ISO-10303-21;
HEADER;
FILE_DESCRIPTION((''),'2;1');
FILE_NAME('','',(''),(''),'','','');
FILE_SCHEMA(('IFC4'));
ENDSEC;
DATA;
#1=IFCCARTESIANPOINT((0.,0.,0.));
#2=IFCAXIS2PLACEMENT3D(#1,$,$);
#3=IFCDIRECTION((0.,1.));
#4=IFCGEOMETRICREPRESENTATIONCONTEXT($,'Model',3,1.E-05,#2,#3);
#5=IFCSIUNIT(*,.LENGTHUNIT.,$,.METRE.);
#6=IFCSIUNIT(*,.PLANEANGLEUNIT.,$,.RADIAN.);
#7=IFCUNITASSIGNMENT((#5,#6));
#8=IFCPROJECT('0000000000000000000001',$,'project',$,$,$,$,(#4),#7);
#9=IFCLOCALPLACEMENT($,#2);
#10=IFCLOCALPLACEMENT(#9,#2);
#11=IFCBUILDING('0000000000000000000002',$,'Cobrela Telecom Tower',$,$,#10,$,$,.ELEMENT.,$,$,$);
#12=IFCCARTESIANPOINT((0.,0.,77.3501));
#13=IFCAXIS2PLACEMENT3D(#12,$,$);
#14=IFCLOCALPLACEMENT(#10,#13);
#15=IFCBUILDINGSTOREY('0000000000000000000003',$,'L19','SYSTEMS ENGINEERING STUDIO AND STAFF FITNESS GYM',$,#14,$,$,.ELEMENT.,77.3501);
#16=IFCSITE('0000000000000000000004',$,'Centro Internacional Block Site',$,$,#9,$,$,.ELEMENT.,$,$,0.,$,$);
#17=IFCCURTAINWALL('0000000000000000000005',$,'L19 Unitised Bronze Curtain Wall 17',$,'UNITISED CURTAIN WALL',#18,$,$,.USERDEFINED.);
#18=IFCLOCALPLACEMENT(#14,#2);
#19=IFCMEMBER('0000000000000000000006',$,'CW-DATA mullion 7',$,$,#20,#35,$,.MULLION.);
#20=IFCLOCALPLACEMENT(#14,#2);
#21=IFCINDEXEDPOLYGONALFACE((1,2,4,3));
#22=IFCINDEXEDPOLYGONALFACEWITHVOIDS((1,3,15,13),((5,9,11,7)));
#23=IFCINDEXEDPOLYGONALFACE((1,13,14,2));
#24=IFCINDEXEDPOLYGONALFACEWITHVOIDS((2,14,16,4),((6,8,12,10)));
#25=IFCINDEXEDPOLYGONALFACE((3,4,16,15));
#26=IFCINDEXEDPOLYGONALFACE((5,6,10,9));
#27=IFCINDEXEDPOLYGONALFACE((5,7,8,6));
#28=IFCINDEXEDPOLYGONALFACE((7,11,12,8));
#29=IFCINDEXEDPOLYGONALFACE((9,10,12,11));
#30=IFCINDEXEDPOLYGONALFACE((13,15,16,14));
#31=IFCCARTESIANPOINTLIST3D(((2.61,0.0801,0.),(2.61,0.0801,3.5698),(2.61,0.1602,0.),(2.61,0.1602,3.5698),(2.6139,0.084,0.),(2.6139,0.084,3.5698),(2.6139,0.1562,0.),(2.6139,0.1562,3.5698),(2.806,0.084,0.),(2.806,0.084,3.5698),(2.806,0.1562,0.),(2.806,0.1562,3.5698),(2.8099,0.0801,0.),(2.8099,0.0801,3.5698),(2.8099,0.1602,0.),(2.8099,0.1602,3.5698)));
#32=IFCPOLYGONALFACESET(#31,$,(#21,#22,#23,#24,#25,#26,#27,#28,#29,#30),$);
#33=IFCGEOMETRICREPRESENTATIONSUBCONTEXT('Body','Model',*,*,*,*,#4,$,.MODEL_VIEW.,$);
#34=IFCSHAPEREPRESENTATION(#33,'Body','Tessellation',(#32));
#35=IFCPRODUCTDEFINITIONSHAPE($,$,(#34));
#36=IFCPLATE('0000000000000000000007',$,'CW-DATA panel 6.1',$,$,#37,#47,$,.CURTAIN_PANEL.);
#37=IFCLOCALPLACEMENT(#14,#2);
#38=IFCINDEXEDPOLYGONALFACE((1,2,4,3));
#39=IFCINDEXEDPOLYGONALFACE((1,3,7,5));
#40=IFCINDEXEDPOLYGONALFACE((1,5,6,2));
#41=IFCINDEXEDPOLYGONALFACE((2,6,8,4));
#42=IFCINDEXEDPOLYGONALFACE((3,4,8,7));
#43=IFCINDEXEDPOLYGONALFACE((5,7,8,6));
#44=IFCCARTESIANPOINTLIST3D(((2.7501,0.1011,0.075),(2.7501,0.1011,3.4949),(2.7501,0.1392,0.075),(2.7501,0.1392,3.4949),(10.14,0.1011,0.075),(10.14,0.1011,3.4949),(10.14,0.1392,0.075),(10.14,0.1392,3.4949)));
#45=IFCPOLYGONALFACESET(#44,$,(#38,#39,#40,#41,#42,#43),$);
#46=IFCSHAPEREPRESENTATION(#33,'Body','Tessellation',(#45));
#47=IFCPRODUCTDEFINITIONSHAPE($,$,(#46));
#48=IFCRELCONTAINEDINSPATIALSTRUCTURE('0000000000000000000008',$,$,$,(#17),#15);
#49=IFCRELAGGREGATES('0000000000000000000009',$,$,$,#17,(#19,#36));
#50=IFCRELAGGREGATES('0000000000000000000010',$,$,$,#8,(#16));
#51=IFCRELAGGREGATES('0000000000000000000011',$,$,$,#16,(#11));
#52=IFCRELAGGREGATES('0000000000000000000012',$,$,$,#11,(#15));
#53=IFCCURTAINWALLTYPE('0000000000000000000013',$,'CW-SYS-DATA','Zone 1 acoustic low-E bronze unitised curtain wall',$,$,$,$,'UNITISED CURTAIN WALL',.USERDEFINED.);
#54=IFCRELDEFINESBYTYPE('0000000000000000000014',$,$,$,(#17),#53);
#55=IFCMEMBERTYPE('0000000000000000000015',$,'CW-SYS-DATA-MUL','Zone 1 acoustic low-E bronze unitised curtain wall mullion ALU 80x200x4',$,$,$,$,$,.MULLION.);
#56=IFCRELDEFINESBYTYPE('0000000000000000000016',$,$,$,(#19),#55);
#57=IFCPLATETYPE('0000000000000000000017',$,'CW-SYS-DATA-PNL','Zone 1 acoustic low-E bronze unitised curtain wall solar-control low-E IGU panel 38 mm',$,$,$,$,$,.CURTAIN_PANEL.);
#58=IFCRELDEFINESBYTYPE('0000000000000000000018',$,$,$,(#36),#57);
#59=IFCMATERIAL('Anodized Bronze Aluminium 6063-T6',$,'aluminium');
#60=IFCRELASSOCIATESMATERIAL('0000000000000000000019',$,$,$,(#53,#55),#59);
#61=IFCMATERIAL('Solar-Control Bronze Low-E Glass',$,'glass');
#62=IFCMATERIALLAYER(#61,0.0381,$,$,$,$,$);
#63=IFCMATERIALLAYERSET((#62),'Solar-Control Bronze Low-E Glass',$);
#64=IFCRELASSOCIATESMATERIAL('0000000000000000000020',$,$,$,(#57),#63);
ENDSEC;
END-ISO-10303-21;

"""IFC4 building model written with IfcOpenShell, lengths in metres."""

from ifc_helpers import new_model, si_unit, direction, frame, origin, origin_2d, place, context, subcontext, project, spatial, rectangle, hollow_rectangle, extrude, material, layer, layer_set, material_profile, profile_set, type_object, element, aggregate, save


model = new_model("IFC4")

# Units and contexts
model_context = context("Model", 3, precision=1e-05, world=origin(), true_north=direction((0.0, 1.0)))
body_context = subcontext(model_context, "Body", "Model", "MODEL_VIEW")
ifc_project = project(units=[si_unit("LENGTHUNIT", "METRE"), si_unit("PLANEANGLEUNIT", "RADIAN")], contexts=[model_context])

# Site, building, storey
site_placement = place(None, origin())
site = spatial("IfcSite", under=ifc_project, at=site_placement, Name="Centro Internacional Block Site", CompositionType="ELEMENT", RefElevation=0.0)
building_placement = place(site_placement, origin())
building = spatial("IfcBuilding", under=site, at=building_placement, Name="Cobrela Telecom Tower", CompositionType="ELEMENT")
storey_placement = place(building_placement, frame((0.0, 0.0, 77.3501)))
storey = spatial("IfcBuildingStorey", under=building, at=storey_placement, Name="L19", Description="SYSTEMS ENGINEERING STUDIO AND STAFF FITNESS GYM", CompositionType="ELEMENT", Elevation=77.3501)

# Curtain wall, member, plate
ifc_material_1 = material(Name="Anodized Bronze Aluminium 6063-T6", Category="aluminium")
curtain_wall_type = type_object("IfcCurtainWallType", Name="CW-SYS-DATA", Description="Zone 1 acoustic low-E bronze unitised curtain wall", ElementType="UNITISED CURTAIN WALL", PredefinedType="USERDEFINED", material=ifc_material_1)
curtain_wall_placement = place(storey_placement, origin())
curtain_wall = element("IfcCurtainWall", 1, at=curtain_wall_placement, inside=storey, type_object=curtain_wall_type, Name="L19 Unitised Bronze Curtain Wall 17", ObjectType="UNITISED CURTAIN WALL", PredefinedType="USERDEFINED")
ifc_material_profile = material_profile(ifc_material_1, hollow_rectangle(XDim=0.0801, YDim=0.2, WallThickness=0.0039, at=origin_2d()), Name="ALU 80x200x4")
ifc_profile_set = profile_set([ifc_material_profile], Name="Anodized Bronze Aluminium 6063-T6")
member_type = type_object("IfcMemberType", Name="CW-SYS-DATA-MUL", Description="Zone 1 acoustic low-E bronze unitised curtain wall mullion ALU 80x200x4", PredefinedType="MULLION", material=ifc_profile_set)
member_placement = place(storey_placement, frame((2.71, 0.1201, 0.0), z_axis=(0.0, 0.0, 1.0), x_axis=(0.0, -1.0, 0.0)))
member = element("IfcMember", 2, at=member_placement, type_object=member_type, Name="CW-DATA mullion 7", PredefinedType="MULLION", context=body_context, shape_type="SweptSolid", body=[
    extrude(hollow_rectangle(XDim=0.0801, YDim=0.2, WallThickness=0.0039, at=origin_2d()), origin(), (0.0, 0.0, 1.0), 3.5698),
])
ifc_material_2 = material(Name="Solar-Control Bronze Low-E Glass", Category="glass")
ifc_layer_1 = layer(ifc_material_2, 0.0381)
ifc_layer_set_1 = layer_set([ifc_layer_1], Name="Solar-Control Bronze Low-E Glass")
plate_type = type_object("IfcPlateType", Name="CW-SYS-DATA-PNL", Description="Zone 1 acoustic low-E bronze unitised curtain wall solar-control low-E IGU panel 38 mm", PredefinedType="CURTAIN_PANEL", material=ifc_layer_set_1)
plate_placement = place(storey_placement, frame((6.4451, 0.1201, 0.075), z_axis=(0.0, 0.0, 1.0), x_axis=(-1.0, 0.0, 0.0)))
plate = element("IfcPlate", 3, at=plate_placement, type_object=plate_type, Name="CW-DATA panel 6.1", PredefinedType="CURTAIN_PANEL", context=body_context, shape_type="SweptSolid", body=[
    extrude(rectangle(XDim=7.3899, YDim=0.0381, at=origin_2d()), origin(), (0.0, 0.0, 1.0), 3.4199),
])
aggregate(curtain_wall, [member, plate])

save(model, "model.ifc")
